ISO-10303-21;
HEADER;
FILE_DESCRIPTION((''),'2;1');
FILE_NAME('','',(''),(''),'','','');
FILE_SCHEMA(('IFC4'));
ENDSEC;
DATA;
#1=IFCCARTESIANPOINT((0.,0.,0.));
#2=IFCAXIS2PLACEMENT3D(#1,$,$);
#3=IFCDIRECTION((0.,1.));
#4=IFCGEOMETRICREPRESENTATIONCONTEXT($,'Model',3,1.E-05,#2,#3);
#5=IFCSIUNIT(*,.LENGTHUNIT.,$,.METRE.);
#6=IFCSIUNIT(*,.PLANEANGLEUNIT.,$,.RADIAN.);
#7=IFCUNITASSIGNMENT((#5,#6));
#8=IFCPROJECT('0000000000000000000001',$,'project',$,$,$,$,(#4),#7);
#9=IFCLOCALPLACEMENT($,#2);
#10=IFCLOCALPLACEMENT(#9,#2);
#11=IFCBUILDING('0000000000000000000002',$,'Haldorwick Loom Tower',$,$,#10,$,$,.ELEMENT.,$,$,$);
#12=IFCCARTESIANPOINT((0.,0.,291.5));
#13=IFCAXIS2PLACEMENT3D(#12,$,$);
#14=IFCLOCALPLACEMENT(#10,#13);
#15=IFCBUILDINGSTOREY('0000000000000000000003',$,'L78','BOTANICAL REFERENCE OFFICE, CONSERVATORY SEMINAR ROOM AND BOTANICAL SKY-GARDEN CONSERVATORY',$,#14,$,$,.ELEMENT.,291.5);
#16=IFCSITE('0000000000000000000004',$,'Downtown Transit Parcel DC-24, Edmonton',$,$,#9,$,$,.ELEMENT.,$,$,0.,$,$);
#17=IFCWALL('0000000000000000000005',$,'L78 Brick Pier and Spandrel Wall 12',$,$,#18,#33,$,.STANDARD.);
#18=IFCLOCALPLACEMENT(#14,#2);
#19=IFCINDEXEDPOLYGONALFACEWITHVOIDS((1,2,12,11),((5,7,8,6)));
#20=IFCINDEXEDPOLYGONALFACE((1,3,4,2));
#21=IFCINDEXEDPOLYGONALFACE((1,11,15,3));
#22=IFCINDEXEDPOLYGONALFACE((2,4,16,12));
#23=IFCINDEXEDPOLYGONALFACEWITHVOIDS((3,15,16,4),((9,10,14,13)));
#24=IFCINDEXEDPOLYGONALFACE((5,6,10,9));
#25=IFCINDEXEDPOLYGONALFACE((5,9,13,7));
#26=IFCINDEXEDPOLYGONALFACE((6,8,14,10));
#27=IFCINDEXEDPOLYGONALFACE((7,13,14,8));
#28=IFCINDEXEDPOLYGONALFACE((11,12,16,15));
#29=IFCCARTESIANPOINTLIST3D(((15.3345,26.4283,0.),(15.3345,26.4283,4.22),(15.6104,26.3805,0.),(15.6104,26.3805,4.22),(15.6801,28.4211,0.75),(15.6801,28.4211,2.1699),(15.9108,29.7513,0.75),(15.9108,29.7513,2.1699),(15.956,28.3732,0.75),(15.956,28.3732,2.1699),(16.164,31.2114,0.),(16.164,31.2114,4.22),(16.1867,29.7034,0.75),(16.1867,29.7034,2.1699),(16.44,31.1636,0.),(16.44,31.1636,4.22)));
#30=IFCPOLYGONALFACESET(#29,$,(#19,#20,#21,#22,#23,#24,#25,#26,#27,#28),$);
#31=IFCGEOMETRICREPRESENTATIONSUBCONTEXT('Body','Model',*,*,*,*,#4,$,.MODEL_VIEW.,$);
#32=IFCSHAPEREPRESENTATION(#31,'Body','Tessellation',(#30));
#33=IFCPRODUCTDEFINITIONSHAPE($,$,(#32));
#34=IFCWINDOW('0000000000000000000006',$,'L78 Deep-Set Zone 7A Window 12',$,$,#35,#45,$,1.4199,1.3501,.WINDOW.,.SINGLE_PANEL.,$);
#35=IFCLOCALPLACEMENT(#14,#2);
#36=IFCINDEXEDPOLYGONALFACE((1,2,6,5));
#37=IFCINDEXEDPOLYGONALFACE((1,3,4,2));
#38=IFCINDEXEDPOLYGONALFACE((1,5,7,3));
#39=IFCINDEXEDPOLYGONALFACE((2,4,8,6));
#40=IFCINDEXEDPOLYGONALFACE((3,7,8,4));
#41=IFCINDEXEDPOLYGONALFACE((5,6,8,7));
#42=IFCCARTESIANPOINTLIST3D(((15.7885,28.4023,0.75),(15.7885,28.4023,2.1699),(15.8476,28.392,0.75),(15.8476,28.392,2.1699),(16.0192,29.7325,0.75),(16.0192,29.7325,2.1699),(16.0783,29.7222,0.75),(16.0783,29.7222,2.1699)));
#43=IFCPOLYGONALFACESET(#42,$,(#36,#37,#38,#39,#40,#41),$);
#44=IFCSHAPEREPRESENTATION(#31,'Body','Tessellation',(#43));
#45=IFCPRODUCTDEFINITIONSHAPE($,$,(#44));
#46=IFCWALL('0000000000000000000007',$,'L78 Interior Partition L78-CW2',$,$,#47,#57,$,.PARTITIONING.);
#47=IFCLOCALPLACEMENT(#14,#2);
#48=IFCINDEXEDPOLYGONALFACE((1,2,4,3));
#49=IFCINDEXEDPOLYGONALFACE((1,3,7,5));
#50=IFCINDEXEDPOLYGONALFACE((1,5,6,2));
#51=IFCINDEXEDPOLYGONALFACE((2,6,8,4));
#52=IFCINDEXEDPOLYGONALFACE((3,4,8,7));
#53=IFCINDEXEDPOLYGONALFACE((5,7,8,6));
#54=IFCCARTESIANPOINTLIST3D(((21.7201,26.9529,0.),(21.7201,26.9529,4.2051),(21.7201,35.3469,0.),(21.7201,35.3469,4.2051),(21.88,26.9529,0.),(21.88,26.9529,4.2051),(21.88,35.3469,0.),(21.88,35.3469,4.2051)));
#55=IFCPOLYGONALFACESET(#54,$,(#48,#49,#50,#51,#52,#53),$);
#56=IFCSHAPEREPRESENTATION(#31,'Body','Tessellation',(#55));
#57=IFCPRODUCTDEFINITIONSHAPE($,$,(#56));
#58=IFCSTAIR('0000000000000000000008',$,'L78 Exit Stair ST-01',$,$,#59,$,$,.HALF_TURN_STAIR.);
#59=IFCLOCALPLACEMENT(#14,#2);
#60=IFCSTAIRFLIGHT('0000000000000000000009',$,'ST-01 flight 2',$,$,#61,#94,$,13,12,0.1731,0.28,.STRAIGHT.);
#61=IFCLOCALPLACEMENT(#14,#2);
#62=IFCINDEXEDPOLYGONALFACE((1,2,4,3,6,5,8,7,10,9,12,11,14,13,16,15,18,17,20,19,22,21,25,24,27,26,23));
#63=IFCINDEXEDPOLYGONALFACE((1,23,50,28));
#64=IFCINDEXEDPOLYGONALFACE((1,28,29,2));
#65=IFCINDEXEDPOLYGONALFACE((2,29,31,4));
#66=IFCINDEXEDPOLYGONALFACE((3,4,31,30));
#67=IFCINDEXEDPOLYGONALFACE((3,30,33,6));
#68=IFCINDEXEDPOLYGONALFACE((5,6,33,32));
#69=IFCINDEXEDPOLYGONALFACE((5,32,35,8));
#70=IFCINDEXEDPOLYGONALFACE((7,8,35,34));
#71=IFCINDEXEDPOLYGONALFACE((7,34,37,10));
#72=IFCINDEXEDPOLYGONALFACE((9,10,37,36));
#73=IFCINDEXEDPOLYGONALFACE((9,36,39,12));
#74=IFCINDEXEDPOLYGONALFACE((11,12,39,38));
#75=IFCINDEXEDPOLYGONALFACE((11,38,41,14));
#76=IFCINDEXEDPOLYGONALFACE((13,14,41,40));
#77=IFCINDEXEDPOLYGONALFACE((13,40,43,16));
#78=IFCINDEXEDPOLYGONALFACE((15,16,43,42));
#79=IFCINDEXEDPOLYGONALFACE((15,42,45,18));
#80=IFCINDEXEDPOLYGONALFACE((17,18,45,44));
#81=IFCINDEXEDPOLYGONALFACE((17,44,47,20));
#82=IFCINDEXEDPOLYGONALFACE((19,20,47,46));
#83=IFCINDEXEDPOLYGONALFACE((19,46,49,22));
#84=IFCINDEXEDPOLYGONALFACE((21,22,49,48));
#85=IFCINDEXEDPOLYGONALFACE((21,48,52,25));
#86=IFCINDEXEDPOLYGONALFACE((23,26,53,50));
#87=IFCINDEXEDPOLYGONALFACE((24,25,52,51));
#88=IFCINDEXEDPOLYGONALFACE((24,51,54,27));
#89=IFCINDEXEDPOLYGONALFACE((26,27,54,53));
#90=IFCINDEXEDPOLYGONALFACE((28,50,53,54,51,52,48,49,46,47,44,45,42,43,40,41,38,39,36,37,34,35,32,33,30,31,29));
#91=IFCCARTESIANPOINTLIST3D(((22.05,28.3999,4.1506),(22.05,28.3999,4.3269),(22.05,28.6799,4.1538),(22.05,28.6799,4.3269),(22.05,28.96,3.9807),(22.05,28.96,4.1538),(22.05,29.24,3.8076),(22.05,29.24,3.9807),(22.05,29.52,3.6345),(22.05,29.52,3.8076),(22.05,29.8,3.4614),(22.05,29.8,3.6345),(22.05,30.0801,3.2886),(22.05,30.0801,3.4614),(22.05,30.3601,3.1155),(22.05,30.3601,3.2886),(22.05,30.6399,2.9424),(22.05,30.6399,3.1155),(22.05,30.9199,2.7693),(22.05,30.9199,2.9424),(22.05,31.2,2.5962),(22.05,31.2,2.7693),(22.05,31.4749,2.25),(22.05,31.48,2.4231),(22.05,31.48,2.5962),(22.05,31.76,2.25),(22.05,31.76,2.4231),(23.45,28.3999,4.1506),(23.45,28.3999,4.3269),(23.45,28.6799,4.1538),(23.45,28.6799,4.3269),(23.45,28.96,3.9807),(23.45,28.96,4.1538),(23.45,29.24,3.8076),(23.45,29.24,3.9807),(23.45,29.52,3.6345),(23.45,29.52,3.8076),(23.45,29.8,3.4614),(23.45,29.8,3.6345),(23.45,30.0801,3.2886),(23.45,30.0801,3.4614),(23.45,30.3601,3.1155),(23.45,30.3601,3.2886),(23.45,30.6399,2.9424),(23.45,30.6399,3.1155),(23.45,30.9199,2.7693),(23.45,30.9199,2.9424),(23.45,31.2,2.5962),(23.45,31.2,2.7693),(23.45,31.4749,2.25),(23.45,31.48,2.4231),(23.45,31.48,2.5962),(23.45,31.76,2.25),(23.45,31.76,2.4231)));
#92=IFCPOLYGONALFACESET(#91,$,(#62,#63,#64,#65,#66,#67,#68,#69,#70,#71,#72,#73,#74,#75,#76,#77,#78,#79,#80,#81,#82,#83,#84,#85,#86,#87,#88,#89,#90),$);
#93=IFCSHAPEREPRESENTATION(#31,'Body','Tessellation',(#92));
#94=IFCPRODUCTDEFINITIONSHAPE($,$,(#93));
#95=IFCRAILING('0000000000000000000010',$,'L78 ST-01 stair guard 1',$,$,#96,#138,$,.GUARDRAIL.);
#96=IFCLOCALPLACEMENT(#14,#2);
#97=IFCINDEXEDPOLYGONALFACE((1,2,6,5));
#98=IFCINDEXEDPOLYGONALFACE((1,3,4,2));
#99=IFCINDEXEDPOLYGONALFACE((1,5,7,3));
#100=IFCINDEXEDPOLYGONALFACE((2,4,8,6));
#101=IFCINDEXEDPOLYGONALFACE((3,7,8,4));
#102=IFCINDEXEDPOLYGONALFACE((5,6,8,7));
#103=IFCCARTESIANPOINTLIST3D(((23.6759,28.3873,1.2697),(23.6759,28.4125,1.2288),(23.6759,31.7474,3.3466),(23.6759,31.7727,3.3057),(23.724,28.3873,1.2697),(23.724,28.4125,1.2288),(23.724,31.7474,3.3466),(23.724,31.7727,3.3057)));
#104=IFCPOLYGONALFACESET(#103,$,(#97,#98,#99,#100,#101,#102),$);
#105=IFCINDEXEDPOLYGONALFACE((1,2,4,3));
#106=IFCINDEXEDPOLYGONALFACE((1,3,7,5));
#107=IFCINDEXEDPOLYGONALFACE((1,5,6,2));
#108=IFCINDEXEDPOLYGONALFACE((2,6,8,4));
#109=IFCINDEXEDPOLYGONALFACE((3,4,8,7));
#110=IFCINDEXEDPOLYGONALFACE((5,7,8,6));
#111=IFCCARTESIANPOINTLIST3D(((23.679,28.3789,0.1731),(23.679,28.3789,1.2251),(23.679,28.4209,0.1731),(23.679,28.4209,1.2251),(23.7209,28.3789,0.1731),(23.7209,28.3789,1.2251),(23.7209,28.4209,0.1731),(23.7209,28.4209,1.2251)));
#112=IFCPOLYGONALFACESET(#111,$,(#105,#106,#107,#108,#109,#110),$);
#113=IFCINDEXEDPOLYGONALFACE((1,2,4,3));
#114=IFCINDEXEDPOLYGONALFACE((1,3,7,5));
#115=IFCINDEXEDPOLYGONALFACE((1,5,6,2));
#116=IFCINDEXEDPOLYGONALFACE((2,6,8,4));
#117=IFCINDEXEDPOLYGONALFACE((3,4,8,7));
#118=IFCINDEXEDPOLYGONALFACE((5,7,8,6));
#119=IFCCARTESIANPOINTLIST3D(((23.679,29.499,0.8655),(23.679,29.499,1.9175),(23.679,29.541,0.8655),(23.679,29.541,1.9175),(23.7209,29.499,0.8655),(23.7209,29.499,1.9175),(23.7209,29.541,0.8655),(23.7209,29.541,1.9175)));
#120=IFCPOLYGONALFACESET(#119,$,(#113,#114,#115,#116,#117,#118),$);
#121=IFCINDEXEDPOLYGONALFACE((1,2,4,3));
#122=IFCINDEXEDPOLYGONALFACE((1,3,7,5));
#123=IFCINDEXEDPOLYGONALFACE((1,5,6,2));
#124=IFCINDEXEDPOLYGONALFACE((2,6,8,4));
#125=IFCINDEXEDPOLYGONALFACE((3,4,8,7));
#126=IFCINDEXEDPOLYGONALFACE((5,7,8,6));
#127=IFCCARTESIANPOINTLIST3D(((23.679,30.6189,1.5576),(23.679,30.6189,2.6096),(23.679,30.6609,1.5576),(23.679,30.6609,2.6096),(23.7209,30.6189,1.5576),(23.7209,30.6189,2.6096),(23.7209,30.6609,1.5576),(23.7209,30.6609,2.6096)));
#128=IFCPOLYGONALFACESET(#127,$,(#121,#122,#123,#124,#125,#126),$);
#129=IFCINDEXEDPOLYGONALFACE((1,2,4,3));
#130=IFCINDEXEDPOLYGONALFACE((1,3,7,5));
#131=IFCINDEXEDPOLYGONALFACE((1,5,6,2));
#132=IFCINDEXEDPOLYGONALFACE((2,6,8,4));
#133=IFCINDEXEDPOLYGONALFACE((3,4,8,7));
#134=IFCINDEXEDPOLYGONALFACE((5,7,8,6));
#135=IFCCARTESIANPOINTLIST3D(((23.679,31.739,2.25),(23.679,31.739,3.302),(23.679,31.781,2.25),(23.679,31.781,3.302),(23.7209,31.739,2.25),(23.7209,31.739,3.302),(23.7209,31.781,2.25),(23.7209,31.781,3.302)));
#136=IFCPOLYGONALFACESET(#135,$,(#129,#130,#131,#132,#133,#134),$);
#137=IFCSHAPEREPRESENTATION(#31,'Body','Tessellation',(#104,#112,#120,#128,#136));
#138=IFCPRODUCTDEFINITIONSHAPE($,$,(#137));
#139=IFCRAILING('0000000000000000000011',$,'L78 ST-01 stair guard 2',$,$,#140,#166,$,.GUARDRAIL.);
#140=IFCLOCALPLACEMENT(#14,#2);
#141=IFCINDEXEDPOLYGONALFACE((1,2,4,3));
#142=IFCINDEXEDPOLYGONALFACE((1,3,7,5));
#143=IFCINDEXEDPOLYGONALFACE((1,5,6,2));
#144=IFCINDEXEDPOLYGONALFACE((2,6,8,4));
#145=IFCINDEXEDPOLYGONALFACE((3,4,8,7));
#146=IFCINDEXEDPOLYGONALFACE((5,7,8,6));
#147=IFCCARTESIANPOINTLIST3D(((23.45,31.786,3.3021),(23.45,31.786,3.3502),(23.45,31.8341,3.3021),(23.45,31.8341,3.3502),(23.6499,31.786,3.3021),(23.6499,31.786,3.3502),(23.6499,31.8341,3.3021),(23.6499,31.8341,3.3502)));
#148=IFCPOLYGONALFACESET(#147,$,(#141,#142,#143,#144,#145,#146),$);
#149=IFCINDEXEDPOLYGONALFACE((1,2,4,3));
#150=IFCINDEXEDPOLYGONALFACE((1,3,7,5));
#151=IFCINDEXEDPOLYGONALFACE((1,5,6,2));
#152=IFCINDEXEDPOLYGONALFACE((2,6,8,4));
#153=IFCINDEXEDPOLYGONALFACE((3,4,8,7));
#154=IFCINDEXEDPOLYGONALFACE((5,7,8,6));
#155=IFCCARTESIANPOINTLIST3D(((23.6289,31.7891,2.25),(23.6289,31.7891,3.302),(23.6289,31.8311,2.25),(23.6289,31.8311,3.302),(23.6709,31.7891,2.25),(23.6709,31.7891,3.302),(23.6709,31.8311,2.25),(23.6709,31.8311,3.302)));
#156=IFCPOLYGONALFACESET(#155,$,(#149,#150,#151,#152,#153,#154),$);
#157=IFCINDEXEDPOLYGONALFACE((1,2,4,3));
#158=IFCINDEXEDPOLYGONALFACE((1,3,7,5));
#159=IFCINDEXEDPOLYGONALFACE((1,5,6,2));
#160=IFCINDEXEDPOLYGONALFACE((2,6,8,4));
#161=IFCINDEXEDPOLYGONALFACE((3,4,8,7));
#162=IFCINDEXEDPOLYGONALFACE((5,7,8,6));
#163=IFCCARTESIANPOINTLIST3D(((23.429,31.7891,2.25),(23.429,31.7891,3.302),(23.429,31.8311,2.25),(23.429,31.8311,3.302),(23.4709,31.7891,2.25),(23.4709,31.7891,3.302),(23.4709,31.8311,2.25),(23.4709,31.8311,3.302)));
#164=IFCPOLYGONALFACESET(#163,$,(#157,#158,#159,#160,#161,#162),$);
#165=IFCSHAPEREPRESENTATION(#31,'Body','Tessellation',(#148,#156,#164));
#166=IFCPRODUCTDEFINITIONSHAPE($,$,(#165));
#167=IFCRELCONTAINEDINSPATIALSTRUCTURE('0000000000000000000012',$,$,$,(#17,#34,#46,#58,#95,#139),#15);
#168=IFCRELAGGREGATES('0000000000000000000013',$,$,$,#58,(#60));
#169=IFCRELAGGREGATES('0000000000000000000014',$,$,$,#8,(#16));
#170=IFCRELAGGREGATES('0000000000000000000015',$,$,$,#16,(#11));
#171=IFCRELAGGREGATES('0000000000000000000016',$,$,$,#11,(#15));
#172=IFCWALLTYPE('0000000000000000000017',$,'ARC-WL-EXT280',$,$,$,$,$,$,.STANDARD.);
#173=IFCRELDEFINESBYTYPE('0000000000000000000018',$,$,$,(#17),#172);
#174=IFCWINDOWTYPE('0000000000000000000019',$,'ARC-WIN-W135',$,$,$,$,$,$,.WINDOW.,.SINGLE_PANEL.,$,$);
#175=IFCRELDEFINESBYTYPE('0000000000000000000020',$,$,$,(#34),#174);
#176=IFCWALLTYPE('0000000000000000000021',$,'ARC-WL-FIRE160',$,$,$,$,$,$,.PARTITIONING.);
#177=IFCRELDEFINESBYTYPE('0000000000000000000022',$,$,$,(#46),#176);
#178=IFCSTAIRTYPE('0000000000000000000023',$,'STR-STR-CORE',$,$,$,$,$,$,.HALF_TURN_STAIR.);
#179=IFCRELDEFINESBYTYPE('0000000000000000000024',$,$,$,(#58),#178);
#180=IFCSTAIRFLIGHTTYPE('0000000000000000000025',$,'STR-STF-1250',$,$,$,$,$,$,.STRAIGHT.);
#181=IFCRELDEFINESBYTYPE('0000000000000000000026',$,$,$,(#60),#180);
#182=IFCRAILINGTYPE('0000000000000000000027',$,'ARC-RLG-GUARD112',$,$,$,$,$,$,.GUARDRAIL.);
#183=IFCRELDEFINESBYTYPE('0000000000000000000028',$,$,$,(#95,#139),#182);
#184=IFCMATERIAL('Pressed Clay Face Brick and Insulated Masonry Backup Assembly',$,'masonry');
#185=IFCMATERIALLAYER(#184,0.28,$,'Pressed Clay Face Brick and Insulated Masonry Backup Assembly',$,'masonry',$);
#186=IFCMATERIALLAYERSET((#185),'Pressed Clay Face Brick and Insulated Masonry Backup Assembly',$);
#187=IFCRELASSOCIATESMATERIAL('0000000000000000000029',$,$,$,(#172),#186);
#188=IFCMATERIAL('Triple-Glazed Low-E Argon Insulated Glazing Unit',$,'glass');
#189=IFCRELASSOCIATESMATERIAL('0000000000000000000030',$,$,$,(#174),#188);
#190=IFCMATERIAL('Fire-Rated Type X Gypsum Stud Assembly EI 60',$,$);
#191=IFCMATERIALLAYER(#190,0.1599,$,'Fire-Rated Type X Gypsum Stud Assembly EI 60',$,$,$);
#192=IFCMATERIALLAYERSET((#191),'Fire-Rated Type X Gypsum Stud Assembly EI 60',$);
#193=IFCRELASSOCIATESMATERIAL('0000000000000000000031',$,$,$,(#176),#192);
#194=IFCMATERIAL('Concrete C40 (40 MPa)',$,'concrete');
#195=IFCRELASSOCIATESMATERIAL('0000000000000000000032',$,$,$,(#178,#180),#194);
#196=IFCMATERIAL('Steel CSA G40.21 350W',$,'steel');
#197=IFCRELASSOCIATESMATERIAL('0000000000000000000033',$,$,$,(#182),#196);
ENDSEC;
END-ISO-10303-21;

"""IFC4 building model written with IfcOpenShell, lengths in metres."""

from ifc_helpers import new_model, si_unit, direction, frame, frame_2d, origin, origin_2d, place, context, subcontext, project, spatial, polyline, rectangle, outline, extrude, material, layer, layer_set, type_object, element, fill, aggregate, save


model = new_model("IFC4")

# Units and contexts
model_context = context("Model", 3, precision=1e-05, world=origin(), true_north=direction((0.0, 1.0)))
body_context = subcontext(model_context, "Body", "Model", "MODEL_VIEW")
ifc_project = project(units=[si_unit("LENGTHUNIT", "METRE"), si_unit("PLANEANGLEUNIT", "RADIAN")], contexts=[model_context])

# Site, building, storey
site_placement = place(None, origin())
site = spatial("IfcSite", under=ifc_project, at=site_placement, Name="Downtown Transit Parcel DC-24, Edmonton", CompositionType="ELEMENT", RefElevation=0.0)
building_placement = place(site_placement, origin())
building = spatial("IfcBuilding", under=site, at=building_placement, Name="Haldorwick Loom Tower", CompositionType="ELEMENT")
storey_placement = place(building_placement, frame((0.0, 0.0, 291.5)))
storey = spatial("IfcBuildingStorey", under=building, at=storey_placement, Name="L78", Description="BOTANICAL REFERENCE OFFICE, CONSERVATORY SEMINAR ROOM AND BOTANICAL SKY-GARDEN CONSERVATORY", CompositionType="ELEMENT", Elevation=291.5)

# Shared definitions
ifc_material_1 = material(Name="Steel CSA G40.21 350W", Category="steel")

# Wall, opening, window
ifc_material_2 = material(Name="Pressed Clay Face Brick and Insulated Masonry Backup Assembly", Category="masonry")
ifc_layer_1 = layer(ifc_material_2, 0.28, Name="Pressed Clay Face Brick and Insulated Masonry Backup Assembly", Category="masonry")
ifc_layer_set_1 = layer_set([ifc_layer_1], Name="Pressed Clay Face Brick and Insulated Masonry Backup Assembly")
wall_type_1 = type_object("IfcWallType", Name="ARC-WL-EXT280", PredefinedType="STANDARD", material=ifc_layer_set_1)
wall_1_placement = place(storey_placement, frame((16.302, 31.1875, 0.0), z_axis=(0.0, 0.0, 1.0), x_axis=(-0.170887, -0.985291, 0.0)))
wall_1 = element("IfcWall", 1, at=wall_1_placement, inside=storey, type_object=wall_type_1, Name="L78 Brick Pier and Spandrel Wall 12", PredefinedType="STANDARD", context=body_context, shape_type="SweptSolid", body=[
    extrude(rectangle(XDim=4.8545, YDim=0.28, at=frame_2d((2.4272, 0.0))), origin(), (0.0, 0.0, 1.0), 4.22),
])
opening_placement = place(wall_1_placement, frame((1.4819, 0.0, 0.75)))
opening = element("IfcOpeningElement", 2, at=opening_placement, cuts=wall_1, PredefinedType="OPENING", context=body_context, shape_type="SweptSolid", body=[
    extrude(rectangle(XDim=1.3501, YDim=1.4199, at=frame_2d((0.675, 0.71))), frame((0.0, 0.1499, 0.0), z_axis=(0.0, -1.0, 0.0), x_axis=(1.0, 0.0, 0.0)), (0.0, 0.0, 1.0), 0.3),
])
ifc_material_3 = material(Name="Triple-Glazed Low-E Argon Insulated Glazing Unit", Category="glass")
window_type = type_object("IfcWindowType", Name="ARC-WIN-W135", PartitioningType="SINGLE_PANEL", PredefinedType="WINDOW", material=ifc_material_3)
window_placement = place(opening_placement, origin())
window = element("IfcWindow", 3, at=window_placement, inside=storey, type_object=window_type, Name="L78 Deep-Set Zone 7A Window 12", OverallHeight=1.4199, OverallWidth=1.3501, PartitioningType="SINGLE_PANEL", PredefinedType="WINDOW", context=body_context, shape_type="SweptSolid", body=[
    extrude(rectangle(XDim=1.3501, YDim=1.4199, at=frame_2d((0.675, 0.71))), frame((0.0, 0.03, 0.0), z_axis=(0.0, -1.0, 0.0), x_axis=(1.0, 0.0, 0.0)), (0.0, 0.0, 1.0), 0.0601),
])
fill(opening, window)

# Wall
ifc_material_4 = material(Name="Fire-Rated Type X Gypsum Stud Assembly EI 60")
ifc_layer_2 = layer(ifc_material_4, 0.1599, Name="Fire-Rated Type X Gypsum Stud Assembly EI 60")
ifc_layer_set_2 = layer_set([ifc_layer_2], Name="Fire-Rated Type X Gypsum Stud Assembly EI 60")
wall_type_2 = type_object("IfcWallType", Name="ARC-WL-FIRE160", PredefinedType="PARTITIONING", material=ifc_layer_set_2)
wall_2_placement = place(storey_placement, frame((21.8, 26.9529, 0.0), z_axis=(0.0, 0.0, 1.0), x_axis=(0.0, 1.0, 0.0)))
element("IfcWall", 4, at=wall_2_placement, inside=storey, type_object=wall_type_2, Name="L78 Interior Partition L78-CW2", PredefinedType="PARTITIONING", context=body_context, shape_type="SweptSolid", body=[
    extrude(rectangle(XDim=8.394, YDim=0.1599, at=frame_2d((4.197, 0.0))), origin(), (0.0, 0.0, 1.0), 4.2051),
])

# Stair, stair flight
ifc_material_5 = material(Name="Concrete C40 (40 MPa)", Category="concrete")
stair_type = type_object("IfcStairType", Name="STR-STR-CORE", PredefinedType="HALF_TURN_STAIR", material=ifc_material_5)
stair_placement = place(storey_placement, origin())
stair = element("IfcStair", 5, at=stair_placement, inside=storey, type_object=stair_type, Name="L78 Exit Stair ST-01", PredefinedType="HALF_TURN_STAIR")
stair_flight_type = type_object("IfcStairFlightType", Name="STR-STF-1250", PredefinedType="STRAIGHT", material=ifc_material_5)
stair_flight_placement = place(storey_placement, frame((22.75, 31.76, 2.25), z_axis=(0.0, 0.0, 1.0), x_axis=(0.0, -1.0, 0.0)))
stair_flight = element("IfcStairFlight", 6, at=stair_flight_placement, type_object=stair_flight_type, Name="ST-01 flight 2", NumberOfRisers=13, NumberOfTreads=12, PredefinedType="STRAIGHT", RiserHeight=0.1731, TreadLength=0.28, context=body_context, shape_type="SweptSolid", body=[
    extrude(outline(polyline([(0.0, 0.0), (0.0, 0.1731), (0.28, 0.1731), (0.28, 0.3462), (0.5601, 0.3462), (0.5601, 0.5193), (0.8401, 0.5193), (0.8401, 0.6924), (1.1201, 0.6924), (1.1201, 0.8655), (1.3999, 0.8655), (1.3999, 1.0386), (1.6799, 1.0386), (1.6799, 1.2114), (1.96, 1.2114), (1.96, 1.3845), (2.24, 1.3845), (2.24, 1.5576), (2.52, 1.5576), (2.52, 1.7307), (2.8, 1.7307), (2.8, 1.9038), (3.0801, 1.9038), (3.0801, 2.0769), (3.3601, 2.0769), (3.3601, 2.25), (3.3601, 1.9006), (0.2852, 0.0), (0.0, 0.0)])), frame((0.0, 0.7, 0.0), z_axis=(0.0, -1.0, 0.0), x_axis=(1.0, 0.0, 0.0)), (0.0, 0.0, 1.0), 1.3999),
])
aggregate(stair, [stair_flight])

# Railings
railing_type_1 = type_object("IfcRailingType", Name="ARC-RLG-GUARD112", PredefinedType="GUARDRAIL", material=ifc_material_1)
railing_1_placement = place(storey_placement, frame((23.7, 28.3999, 0.1731)))
element("IfcRailing", 7, at=railing_1_placement, inside=storey, type_object=railing_type_1, Name="L78 ST-01 stair guard 1", PredefinedType="GUARDRAIL", context=body_context, shape_type="SweptSolid", body=[
    extrude(rectangle(XDim=0.0481, YDim=0.0481, at=origin_2d()), frame((0.0, 0.0, 1.0762), z_axis=(0.0, 0.850623, 0.525776), x_axis=(-1.0, 0.0, 0.0)), (0.0, 0.0, 1.0), 3.9502),
    extrude(rectangle(XDim=0.042, YDim=0.042, at=origin_2d()), origin(), (0.0, 0.0, 1.0), 1.052),
    extrude(rectangle(XDim=0.042, YDim=0.042, at=origin_2d()), frame((0.0, 1.1201, 0.6924)), (0.0, 0.0, 1.0), 1.052),
    extrude(rectangle(XDim=0.042, YDim=0.042, at=origin_2d()), frame((0.0, 2.24, 1.3845)), (0.0, 0.0, 1.0), 1.052),
    extrude(rectangle(XDim=0.042, YDim=0.042, at=origin_2d()), frame((0.0, 3.3601, 2.0769)), (0.0, 0.0, 1.0), 1.052),
])
railing_2_placement = place(storey_placement, frame((23.6499, 31.8101, 2.25)))
element("IfcRailing", 8, at=railing_2_placement, inside=storey, type_object=railing_type_1, Name="L78 ST-01 stair guard 2", PredefinedType="GUARDRAIL", context=body_context, shape_type="SweptSolid", body=[
    extrude(rectangle(XDim=0.0481, YDim=0.0481, at=origin_2d()), frame((0.0, 0.0, 1.0762), z_axis=(-1.0, 0.0, 0.0), x_axis=(0.0, -1.0, 0.0)), (0.0, 0.0, 1.0), 0.2),
    extrude(rectangle(XDim=0.042, YDim=0.042, at=origin_2d()), origin(), (0.0, 0.0, 1.0), 1.052),
    extrude(rectangle(XDim=0.042, YDim=0.042, at=origin_2d()), frame((-0.2, 0.0, 0.0)), (0.0, 0.0, 1.0), 1.052),
])

save(model, "model.ifc")
